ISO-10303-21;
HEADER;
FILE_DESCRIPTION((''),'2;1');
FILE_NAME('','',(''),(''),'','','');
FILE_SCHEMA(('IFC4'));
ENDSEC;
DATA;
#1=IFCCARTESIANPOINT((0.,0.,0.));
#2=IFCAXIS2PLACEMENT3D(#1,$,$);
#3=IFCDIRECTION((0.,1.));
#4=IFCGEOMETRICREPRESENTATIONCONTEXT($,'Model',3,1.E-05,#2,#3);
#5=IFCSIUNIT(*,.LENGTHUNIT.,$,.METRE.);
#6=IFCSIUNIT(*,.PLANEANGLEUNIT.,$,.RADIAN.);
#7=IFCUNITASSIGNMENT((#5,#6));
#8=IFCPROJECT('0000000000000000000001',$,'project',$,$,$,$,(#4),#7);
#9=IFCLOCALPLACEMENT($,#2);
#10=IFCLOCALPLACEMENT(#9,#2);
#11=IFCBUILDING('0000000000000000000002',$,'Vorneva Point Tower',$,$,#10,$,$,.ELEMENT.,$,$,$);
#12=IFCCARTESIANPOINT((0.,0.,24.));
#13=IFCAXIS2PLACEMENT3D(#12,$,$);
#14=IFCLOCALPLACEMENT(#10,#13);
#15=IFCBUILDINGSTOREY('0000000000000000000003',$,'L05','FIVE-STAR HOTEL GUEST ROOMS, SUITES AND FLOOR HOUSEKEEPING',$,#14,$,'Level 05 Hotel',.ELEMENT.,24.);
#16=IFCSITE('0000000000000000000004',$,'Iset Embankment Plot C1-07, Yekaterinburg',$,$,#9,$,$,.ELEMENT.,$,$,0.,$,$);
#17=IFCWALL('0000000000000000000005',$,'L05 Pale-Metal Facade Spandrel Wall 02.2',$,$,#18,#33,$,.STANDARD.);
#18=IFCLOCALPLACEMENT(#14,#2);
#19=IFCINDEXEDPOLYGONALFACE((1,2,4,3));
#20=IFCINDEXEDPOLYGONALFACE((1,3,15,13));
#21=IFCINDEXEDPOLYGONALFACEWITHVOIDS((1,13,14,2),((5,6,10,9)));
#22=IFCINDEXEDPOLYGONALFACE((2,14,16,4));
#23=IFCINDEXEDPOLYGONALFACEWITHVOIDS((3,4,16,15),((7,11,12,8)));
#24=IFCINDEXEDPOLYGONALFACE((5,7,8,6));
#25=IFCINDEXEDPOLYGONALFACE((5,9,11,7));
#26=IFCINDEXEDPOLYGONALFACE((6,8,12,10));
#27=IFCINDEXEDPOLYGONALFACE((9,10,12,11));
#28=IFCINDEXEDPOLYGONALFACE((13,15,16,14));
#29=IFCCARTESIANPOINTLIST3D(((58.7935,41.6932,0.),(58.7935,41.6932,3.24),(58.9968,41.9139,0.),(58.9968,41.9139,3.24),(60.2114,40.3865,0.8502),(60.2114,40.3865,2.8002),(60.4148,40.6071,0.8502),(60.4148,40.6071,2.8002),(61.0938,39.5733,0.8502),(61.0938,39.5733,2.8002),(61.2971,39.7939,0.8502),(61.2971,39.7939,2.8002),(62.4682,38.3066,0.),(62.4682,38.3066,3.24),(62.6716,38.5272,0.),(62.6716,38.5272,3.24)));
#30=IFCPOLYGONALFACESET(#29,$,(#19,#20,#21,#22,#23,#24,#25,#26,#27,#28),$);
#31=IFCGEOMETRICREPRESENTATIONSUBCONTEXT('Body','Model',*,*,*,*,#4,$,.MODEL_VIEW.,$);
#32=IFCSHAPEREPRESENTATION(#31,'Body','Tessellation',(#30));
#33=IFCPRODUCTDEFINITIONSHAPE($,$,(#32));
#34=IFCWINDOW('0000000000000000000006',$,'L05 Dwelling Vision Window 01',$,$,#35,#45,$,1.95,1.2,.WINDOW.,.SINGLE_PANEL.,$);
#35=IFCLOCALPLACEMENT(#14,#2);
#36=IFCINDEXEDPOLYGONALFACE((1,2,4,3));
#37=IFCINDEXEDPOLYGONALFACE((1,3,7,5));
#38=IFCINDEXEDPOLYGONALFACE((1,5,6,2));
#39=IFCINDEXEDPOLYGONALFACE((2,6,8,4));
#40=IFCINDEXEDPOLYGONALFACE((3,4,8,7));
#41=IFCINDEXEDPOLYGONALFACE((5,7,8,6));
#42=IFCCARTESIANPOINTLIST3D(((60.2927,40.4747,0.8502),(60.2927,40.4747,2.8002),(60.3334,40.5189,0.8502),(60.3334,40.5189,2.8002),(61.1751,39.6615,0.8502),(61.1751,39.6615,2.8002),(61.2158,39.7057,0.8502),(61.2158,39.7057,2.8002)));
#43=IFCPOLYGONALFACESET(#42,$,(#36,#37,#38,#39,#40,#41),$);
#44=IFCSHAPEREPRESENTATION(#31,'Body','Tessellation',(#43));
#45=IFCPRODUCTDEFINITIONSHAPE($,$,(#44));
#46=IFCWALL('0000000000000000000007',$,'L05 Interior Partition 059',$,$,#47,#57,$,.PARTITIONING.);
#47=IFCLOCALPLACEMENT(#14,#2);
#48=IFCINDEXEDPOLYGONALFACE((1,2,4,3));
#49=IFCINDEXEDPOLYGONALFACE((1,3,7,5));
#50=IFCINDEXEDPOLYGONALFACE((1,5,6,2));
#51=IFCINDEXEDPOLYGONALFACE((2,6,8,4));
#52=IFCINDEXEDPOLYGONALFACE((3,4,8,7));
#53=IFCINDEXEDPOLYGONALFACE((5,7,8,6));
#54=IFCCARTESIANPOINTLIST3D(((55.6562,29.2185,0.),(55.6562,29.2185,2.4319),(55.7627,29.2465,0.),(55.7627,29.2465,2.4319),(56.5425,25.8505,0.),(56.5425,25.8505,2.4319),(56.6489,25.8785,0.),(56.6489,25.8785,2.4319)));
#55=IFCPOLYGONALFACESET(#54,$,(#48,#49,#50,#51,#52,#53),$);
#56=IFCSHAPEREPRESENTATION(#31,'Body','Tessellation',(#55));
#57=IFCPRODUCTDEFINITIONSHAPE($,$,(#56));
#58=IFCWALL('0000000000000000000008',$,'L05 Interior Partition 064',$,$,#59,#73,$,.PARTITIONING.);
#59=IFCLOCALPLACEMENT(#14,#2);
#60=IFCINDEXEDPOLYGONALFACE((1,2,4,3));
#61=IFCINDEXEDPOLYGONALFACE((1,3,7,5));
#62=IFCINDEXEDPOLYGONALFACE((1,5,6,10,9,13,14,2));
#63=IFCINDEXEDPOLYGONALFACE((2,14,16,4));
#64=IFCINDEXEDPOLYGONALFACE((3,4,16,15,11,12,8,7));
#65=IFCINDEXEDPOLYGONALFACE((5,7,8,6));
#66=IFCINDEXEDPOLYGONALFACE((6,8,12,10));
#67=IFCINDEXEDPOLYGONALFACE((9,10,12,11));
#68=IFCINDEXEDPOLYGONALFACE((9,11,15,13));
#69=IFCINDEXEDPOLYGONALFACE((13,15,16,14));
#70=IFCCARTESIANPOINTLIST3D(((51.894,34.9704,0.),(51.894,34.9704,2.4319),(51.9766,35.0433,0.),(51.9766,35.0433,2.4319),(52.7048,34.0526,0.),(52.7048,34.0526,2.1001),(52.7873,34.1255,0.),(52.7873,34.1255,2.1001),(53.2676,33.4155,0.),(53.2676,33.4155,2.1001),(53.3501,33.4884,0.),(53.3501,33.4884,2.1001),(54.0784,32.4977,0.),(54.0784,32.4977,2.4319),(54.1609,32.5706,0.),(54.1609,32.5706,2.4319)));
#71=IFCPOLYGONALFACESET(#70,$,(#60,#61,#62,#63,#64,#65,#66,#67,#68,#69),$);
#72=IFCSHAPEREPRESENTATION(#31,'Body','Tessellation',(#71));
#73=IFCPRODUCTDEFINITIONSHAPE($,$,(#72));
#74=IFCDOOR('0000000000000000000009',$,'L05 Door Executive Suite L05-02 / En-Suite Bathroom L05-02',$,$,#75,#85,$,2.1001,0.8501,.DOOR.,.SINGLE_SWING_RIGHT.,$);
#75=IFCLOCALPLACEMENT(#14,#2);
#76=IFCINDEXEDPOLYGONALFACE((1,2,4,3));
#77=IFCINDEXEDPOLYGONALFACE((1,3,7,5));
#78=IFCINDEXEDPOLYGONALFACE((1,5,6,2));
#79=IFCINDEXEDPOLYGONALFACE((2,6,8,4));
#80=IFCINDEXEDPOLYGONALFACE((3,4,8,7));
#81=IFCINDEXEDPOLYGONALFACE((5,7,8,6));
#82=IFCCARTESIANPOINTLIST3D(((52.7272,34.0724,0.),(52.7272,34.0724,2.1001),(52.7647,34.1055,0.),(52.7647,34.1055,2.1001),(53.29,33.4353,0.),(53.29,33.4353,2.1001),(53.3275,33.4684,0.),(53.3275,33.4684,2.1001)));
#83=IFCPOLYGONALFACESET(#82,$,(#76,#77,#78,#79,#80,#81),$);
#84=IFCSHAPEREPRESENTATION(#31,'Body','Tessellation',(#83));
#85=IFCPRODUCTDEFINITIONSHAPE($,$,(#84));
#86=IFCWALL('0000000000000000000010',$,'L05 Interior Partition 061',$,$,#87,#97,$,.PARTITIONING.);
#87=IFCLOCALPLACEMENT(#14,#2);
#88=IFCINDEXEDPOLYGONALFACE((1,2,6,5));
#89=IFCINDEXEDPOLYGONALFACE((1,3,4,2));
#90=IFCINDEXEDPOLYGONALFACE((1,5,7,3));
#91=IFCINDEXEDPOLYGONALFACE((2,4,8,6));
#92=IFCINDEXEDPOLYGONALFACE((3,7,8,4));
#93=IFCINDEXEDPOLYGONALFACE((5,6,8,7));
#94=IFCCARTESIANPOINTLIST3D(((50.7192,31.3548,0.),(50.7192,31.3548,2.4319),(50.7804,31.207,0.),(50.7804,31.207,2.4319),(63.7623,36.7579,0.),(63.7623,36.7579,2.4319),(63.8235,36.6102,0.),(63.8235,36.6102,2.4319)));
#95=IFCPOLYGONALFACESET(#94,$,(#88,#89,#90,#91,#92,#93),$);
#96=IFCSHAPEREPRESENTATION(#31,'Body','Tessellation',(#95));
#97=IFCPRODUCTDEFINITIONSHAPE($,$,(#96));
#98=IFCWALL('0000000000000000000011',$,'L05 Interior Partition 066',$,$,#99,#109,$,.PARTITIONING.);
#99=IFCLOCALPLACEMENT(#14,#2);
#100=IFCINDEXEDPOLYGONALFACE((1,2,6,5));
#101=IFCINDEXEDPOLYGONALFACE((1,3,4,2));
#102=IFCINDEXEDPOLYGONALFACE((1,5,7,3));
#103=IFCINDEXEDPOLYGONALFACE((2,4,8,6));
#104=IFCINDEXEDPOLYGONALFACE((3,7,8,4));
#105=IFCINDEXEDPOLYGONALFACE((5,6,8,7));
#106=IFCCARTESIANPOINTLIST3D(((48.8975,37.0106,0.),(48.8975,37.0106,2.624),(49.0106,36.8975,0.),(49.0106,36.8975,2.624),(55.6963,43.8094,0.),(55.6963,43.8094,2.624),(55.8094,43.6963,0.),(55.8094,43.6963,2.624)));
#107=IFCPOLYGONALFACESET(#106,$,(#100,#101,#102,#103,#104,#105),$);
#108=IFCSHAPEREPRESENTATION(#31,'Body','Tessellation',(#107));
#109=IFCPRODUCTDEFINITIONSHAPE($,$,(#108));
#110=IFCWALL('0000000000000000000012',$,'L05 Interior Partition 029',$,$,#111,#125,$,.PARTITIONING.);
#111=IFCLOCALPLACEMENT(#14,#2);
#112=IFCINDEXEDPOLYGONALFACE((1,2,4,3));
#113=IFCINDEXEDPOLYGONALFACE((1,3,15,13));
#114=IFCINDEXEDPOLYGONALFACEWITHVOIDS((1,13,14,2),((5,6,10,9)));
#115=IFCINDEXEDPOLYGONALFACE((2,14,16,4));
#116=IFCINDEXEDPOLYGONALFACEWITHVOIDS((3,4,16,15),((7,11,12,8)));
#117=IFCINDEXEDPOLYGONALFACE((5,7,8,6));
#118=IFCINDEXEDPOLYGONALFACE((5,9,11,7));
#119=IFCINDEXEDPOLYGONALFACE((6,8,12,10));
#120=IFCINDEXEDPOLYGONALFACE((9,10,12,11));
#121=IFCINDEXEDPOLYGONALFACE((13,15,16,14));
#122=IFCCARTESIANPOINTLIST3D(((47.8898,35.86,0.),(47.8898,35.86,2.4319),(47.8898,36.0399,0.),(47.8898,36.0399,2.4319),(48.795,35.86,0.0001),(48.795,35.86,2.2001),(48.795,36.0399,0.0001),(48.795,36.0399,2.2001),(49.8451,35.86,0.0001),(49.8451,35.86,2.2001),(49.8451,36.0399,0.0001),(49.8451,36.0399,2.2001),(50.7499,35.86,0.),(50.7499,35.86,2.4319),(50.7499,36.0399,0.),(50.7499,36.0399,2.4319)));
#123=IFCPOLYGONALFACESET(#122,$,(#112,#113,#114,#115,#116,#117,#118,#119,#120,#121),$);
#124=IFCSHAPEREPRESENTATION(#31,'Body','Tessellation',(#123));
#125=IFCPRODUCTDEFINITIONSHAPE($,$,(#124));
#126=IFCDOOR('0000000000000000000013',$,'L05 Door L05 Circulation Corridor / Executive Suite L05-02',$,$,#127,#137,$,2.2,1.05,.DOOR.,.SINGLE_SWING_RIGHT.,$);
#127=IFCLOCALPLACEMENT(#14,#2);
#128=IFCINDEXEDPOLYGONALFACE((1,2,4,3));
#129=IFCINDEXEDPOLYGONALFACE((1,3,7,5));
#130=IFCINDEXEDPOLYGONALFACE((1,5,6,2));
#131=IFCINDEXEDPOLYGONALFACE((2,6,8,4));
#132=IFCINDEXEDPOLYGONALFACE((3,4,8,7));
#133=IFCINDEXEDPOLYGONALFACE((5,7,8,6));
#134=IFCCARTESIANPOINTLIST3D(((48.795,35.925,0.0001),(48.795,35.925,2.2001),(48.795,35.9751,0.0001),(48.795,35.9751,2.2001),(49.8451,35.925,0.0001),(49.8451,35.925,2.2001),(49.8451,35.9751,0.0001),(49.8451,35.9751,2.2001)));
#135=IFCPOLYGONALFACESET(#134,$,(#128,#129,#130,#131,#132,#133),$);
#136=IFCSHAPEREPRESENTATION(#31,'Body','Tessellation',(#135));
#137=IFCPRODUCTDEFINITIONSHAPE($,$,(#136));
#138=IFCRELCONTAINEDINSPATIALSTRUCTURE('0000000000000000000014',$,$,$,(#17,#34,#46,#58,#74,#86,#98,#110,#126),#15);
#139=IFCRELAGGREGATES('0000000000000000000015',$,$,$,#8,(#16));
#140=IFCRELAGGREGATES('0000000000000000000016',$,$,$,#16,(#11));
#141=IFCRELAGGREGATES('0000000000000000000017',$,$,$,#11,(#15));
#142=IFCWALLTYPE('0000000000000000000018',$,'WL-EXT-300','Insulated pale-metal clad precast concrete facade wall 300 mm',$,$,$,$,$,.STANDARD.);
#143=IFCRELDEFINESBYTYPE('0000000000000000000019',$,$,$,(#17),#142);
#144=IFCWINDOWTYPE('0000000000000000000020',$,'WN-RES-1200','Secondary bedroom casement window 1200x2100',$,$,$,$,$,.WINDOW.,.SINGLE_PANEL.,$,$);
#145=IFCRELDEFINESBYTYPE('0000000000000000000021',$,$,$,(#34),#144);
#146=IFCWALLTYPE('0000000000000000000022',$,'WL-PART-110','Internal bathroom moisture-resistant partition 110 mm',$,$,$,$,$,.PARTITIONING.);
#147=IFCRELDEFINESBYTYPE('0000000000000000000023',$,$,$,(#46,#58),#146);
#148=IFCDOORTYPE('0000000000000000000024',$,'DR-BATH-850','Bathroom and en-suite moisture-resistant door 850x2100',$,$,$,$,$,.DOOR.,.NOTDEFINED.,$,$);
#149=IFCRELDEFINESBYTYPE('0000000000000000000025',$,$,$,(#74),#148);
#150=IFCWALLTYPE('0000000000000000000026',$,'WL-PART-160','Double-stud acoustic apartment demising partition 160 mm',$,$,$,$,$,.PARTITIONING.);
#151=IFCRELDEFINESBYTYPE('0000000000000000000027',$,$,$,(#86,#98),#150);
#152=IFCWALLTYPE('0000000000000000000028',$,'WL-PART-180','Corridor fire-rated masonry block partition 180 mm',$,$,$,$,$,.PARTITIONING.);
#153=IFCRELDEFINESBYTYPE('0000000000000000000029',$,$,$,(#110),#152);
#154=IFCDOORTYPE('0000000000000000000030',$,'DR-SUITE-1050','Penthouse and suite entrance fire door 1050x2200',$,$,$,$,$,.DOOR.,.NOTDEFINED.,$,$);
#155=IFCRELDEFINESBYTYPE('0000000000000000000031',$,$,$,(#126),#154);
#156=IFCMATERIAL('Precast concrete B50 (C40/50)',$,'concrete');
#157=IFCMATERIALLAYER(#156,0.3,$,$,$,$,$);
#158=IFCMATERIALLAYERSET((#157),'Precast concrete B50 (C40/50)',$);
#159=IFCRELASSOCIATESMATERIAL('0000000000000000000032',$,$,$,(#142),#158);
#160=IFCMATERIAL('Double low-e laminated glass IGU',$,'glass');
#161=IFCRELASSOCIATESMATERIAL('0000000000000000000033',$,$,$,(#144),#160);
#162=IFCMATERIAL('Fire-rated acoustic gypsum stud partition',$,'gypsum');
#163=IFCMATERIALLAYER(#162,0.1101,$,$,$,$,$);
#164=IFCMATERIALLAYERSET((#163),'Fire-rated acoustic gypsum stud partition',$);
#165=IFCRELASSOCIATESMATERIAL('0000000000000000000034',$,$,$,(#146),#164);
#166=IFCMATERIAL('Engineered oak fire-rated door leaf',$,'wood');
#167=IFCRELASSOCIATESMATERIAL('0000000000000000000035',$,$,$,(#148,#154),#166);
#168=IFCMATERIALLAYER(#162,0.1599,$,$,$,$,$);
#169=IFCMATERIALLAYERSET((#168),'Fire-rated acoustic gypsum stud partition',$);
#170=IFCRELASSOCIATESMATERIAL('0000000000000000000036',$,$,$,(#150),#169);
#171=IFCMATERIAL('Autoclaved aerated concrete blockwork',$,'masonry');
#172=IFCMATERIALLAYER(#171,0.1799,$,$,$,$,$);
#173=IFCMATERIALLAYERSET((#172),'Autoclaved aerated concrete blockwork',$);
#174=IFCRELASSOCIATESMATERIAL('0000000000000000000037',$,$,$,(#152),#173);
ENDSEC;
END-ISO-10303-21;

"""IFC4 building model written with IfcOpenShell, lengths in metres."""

from ifc_helpers import new_model, si_unit, direction, frame, frame_2d, origin, place, context, subcontext, project, spatial, rectangle, extrude, material, layer, layer_set, type_object, element, fill, save


model = new_model("IFC4")

# Units and contexts
model_context = context("Model", 3, precision=1e-05, world=origin(), true_north=direction((0.0, 1.0)))
body_context = subcontext(model_context, "Body", "Model", "MODEL_VIEW")
ifc_project = project(units=[si_unit("LENGTHUNIT", "METRE"), si_unit("PLANEANGLEUNIT", "RADIAN")], contexts=[model_context])

# Site, building, storey
site_placement = place(None, origin())
site = spatial("IfcSite", under=ifc_project, at=site_placement, Name="Iset Embankment Plot C1-07, Yekaterinburg", CompositionType="ELEMENT", RefElevation=0.0)
building_placement = place(site_placement, origin())
building = spatial("IfcBuilding", under=site, at=building_placement, Name="Vorneva Point Tower", CompositionType="ELEMENT")
storey_placement = place(building_placement, frame((0.0, 0.0, 24.0)))
storey = spatial("IfcBuildingStorey", under=building, at=storey_placement, Name="L05", Description="FIVE-STAR HOTEL GUEST ROOMS, SUITES AND FLOOR HOUSEKEEPING", LongName="Level 05 Hotel", CompositionType="ELEMENT", Elevation=24.0)

# Shared definitions
ifc_material_1 = material(Name="Double low-e laminated glass IGU", Category="glass")

# Shared definitions
ifc_material_2 = material(Name="Precast concrete B50 (C40/50)", Category="concrete")
ifc_layer_1 = layer(ifc_material_2, 0.3)
ifc_layer_set_1 = layer_set([ifc_layer_1], Name="Precast concrete B50 (C40/50)")
wall_type_1 = type_object("IfcWallType", Name="WL-EXT-300", Description="Insulated pale-metal clad precast concrete facade wall 300 mm", PredefinedType="STANDARD", material=ifc_layer_set_1)

# Wall, opening, window
wall_1_placement = place(storey_placement, frame((62.5698, 38.417, 0.0), z_axis=(0.0, 0.0, 1.0), x_axis=(-0.735343, 0.677696, 0.0)))
wall_1 = element("IfcWall", 1, at=wall_1_placement, inside=storey, type_object=wall_type_1, Name="L05 Pale-Metal Facade Spandrel Wall 02.2", PredefinedType="STANDARD", context=body_context, shape_type="SweptSolid", body=[
    extrude(rectangle(XDim=4.9973, YDim=0.3, at=frame_2d((2.4985, 0.0))), origin(), (0.0, 0.0, 1.0), 3.24),
])
opening_1_placement = place(wall_1_placement, frame((1.8689, 0.0, 0.8501)))
opening_1 = element("IfcOpeningElement", 2, at=opening_1_placement, cuts=wall_1, PredefinedType="OPENING", context=body_context, shape_type="SweptSolid", body=[
    extrude(rectangle(XDim=1.2, YDim=1.95, at=frame_2d((0.6001, 0.9751))), frame((0.0, 0.165, 0.0), z_axis=(0.0, -1.0, 0.0), x_axis=(1.0, 0.0, 0.0)), (0.0, 0.0, 1.0), 0.3298),
])
window_type = type_object("IfcWindowType", Name="WN-RES-1200", Description="Secondary bedroom casement window 1200x2100", PartitioningType="SINGLE_PANEL", PredefinedType="WINDOW", material=ifc_material_1)
window_placement = place(opening_1_placement, origin())
window = element("IfcWindow", 3, at=window_placement, inside=storey, type_object=window_type, Name="L05 Dwelling Vision Window 01", OverallHeight=1.95, OverallWidth=1.2, PartitioningType="SINGLE_PANEL", PredefinedType="WINDOW", context=body_context, shape_type="SweptSolid", body=[
    extrude(rectangle(XDim=1.2, YDim=1.95, at=frame_2d((0.6001, 0.9751))), frame((0.0, 0.03, 0.0), z_axis=(0.0, -1.0, 0.0), x_axis=(1.0, 0.0, 0.0)), (0.0, 0.0, 1.0), 0.0601),
])
fill(opening_1, window)

# Wall
ifc_material_3 = material(Name="Fire-rated acoustic gypsum stud partition", Category="gypsum")
ifc_layer_2 = layer(ifc_material_3, 0.1101)
ifc_layer_set_2 = layer_set([ifc_layer_2], Name="Fire-rated acoustic gypsum stud partition")
wall_type_2 = type_object("IfcWallType", Name="WL-PART-110", Description="Internal bathroom moisture-resistant partition 110 mm", PredefinedType="PARTITIONING", material=ifc_layer_set_2)
wall_2_placement = place(storey_placement, frame((55.7095, 29.2324, 0.0), z_axis=(0.0, 0.0, 1.0), x_axis=(0.254476, -0.967079, 0.0)))
element("IfcWall", 4, at=wall_2_placement, inside=storey, type_object=wall_type_2, Name="L05 Interior Partition 059", PredefinedType="PARTITIONING", context=body_context, shape_type="SweptSolid", body=[
    extrude(rectangle(XDim=3.4827, YDim=0.1101, at=frame_2d((1.7412, 0.0))), origin(), (0.0, 0.0, 1.0), 2.4319),
])

# Wall, opening, door
wall_3_placement = place(storey_placement, frame((51.9353, 35.0068, 0.0), z_axis=(0.0, 0.0, 1.0), x_axis=(0.66206, -0.749451, 0.0)))
wall_3 = element("IfcWall", 5, at=wall_3_placement, inside=storey, type_object=wall_type_2, Name="L05 Interior Partition 064", PredefinedType="PARTITIONING", context=body_context, shape_type="SweptSolid", body=[
    extrude(rectangle(XDim=3.2993, YDim=0.1101, at=frame_2d((1.6497, 0.0))), origin(), (0.0, 0.0, 1.0), 2.4319),
])
opening_2_placement = place(wall_3_placement, frame((1.2246, 0.0, 0.0)))
opening_2 = element("IfcOpeningElement", 6, at=opening_2_placement, cuts=wall_3, PredefinedType="OPENING", context=body_context, shape_type="SweptSolid", body=[
    extrude(rectangle(XDim=0.8501, YDim=2.1001, at=frame_2d((0.425, 1.05))), frame((0.0, 0.0698, 0.0), z_axis=(0.0, -1.0, 0.0), x_axis=(1.0, 0.0, 0.0)), (0.0, 0.0, 1.0), 0.1399),
])
ifc_material_4 = material(Name="Engineered oak fire-rated door leaf", Category="wood")
door_type_1 = type_object("IfcDoorType", Name="DR-BATH-850", Description="Bathroom and en-suite moisture-resistant door 850x2100", OperationType="NOTDEFINED", PredefinedType="DOOR", material=ifc_material_4)
door_1_placement = place(opening_2_placement, origin())
door_1 = element("IfcDoor", 7, at=door_1_placement, inside=storey, type_object=door_type_1, Name="L05 Door Executive Suite L05-02 / En-Suite Bathroom L05-02", OperationType="SINGLE_SWING_RIGHT", OverallHeight=2.1001, OverallWidth=0.8501, PredefinedType="DOOR", context=body_context, shape_type="SweptSolid", body=[
    extrude(rectangle(XDim=0.8501, YDim=2.1001, at=frame_2d((0.425, 1.05))), frame((0.0, 0.0249, 0.0), z_axis=(0.0, -1.0, 0.0), x_axis=(1.0, 0.0, 0.0)), (0.0, 0.0, 1.0), 0.05),
])
fill(opening_2, door_1)

# Walls
ifc_layer_3 = layer(ifc_material_3, 0.1599)
ifc_layer_set_3 = layer_set([ifc_layer_3], Name="Fire-rated acoustic gypsum stud partition")
wall_type_3 = type_object("IfcWallType", Name="WL-PART-160", Description="Double-stud acoustic apartment demising partition 160 mm", PredefinedType="PARTITIONING", material=ifc_layer_set_3)
wall_4_placement = place(storey_placement, frame((63.793, 36.6841, 0.0), z_axis=(0.0, 0.0, 1.0), x_axis=(-0.923867, -0.382714, 0.0)))
element("IfcWall", 8, at=wall_4_placement, inside=storey, type_object=wall_type_3, Name="L05 Interior Partition 061", PredefinedType="PARTITIONING", context=body_context, shape_type="SweptSolid", body=[
    extrude(rectangle(XDim=14.1179, YDim=0.1599, at=frame_2d((7.0591, 0.0))), origin(), (0.0, 0.0, 1.0), 2.4319),
])
wall_5_placement = place(storey_placement, frame((55.7529, 43.7529, 0.0), z_axis=(0.0, 0.0, 1.0), x_axis=(-0.707107, -0.707107, 0.0)))
element("IfcWall", 9, at=wall_5_placement, inside=storey, type_object=wall_type_3, Name="L05 Interior Partition 066", PredefinedType="PARTITIONING", context=body_context, shape_type="SweptSolid", body=[
    extrude(rectangle(XDim=9.615, YDim=0.1599, at=frame_2d((4.8076, 0.0))), origin(), (0.0, 0.0, 1.0), 2.624),
])

# Wall, opening, door
ifc_material_5 = material(Name="Autoclaved aerated concrete blockwork", Category="masonry")
ifc_layer_4 = layer(ifc_material_5, 0.1799)
ifc_layer_set_4 = layer_set([ifc_layer_4], Name="Autoclaved aerated concrete blockwork")
wall_type_4 = type_object("IfcWallType", Name="WL-PART-180", Description="Corridor fire-rated masonry block partition 180 mm", PredefinedType="PARTITIONING", material=ifc_layer_set_4)
wall_6_placement = place(storey_placement, frame((50.75, 35.95, 0.0), z_axis=(0.0, 0.0, 1.0), x_axis=(-1.0, 0.0, 0.0)))
wall_6 = element("IfcWall", 10, at=wall_6_placement, inside=storey, type_object=wall_type_4, Name="L05 Interior Partition 029", PredefinedType="PARTITIONING", context=body_context, shape_type="SweptSolid", body=[
    extrude(rectangle(XDim=2.8601, YDim=0.1799, at=frame_2d((1.4302, 0.0))), origin(), (0.0, 0.0, 1.0), 2.4319),
])
opening_3_placement = place(wall_6_placement, frame((0.905, 0.0, 0.0)))
opening_3 = element("IfcOpeningElement", 11, at=opening_3_placement, cuts=wall_6, PredefinedType="OPENING", context=body_context, shape_type="SweptSolid", body=[
    extrude(rectangle(XDim=1.05, YDim=2.2, at=frame_2d((0.5249, 1.1001))), frame((0.0, 0.105, 0.0), z_axis=(0.0, -1.0, 0.0), x_axis=(1.0, 0.0, 0.0)), (0.0, 0.0, 1.0), 0.2097),
])
door_type_2 = type_object("IfcDoorType", Name="DR-SUITE-1050", Description="Penthouse and suite entrance fire door 1050x2200", OperationType="NOTDEFINED", PredefinedType="DOOR", material=ifc_material_4)
door_2_placement = place(opening_3_placement, origin())
door_2 = element("IfcDoor", 12, at=door_2_placement, inside=storey, type_object=door_type_2, Name="L05 Door L05 Circulation Corridor / Executive Suite L05-02", OperationType="SINGLE_SWING_RIGHT", OverallHeight=2.2, OverallWidth=1.05, PredefinedType="DOOR", context=body_context, shape_type="SweptSolid", body=[
    extrude(rectangle(XDim=1.05, YDim=2.2, at=frame_2d((0.5249, 1.1001))), frame((0.0, 0.0249, 0.0), z_axis=(0.0, -1.0, 0.0), x_axis=(1.0, 0.0, 0.0)), (0.0, 0.0, 1.0), 0.05),
])
fill(opening_3, door_2)

save(model, "model.ifc")
